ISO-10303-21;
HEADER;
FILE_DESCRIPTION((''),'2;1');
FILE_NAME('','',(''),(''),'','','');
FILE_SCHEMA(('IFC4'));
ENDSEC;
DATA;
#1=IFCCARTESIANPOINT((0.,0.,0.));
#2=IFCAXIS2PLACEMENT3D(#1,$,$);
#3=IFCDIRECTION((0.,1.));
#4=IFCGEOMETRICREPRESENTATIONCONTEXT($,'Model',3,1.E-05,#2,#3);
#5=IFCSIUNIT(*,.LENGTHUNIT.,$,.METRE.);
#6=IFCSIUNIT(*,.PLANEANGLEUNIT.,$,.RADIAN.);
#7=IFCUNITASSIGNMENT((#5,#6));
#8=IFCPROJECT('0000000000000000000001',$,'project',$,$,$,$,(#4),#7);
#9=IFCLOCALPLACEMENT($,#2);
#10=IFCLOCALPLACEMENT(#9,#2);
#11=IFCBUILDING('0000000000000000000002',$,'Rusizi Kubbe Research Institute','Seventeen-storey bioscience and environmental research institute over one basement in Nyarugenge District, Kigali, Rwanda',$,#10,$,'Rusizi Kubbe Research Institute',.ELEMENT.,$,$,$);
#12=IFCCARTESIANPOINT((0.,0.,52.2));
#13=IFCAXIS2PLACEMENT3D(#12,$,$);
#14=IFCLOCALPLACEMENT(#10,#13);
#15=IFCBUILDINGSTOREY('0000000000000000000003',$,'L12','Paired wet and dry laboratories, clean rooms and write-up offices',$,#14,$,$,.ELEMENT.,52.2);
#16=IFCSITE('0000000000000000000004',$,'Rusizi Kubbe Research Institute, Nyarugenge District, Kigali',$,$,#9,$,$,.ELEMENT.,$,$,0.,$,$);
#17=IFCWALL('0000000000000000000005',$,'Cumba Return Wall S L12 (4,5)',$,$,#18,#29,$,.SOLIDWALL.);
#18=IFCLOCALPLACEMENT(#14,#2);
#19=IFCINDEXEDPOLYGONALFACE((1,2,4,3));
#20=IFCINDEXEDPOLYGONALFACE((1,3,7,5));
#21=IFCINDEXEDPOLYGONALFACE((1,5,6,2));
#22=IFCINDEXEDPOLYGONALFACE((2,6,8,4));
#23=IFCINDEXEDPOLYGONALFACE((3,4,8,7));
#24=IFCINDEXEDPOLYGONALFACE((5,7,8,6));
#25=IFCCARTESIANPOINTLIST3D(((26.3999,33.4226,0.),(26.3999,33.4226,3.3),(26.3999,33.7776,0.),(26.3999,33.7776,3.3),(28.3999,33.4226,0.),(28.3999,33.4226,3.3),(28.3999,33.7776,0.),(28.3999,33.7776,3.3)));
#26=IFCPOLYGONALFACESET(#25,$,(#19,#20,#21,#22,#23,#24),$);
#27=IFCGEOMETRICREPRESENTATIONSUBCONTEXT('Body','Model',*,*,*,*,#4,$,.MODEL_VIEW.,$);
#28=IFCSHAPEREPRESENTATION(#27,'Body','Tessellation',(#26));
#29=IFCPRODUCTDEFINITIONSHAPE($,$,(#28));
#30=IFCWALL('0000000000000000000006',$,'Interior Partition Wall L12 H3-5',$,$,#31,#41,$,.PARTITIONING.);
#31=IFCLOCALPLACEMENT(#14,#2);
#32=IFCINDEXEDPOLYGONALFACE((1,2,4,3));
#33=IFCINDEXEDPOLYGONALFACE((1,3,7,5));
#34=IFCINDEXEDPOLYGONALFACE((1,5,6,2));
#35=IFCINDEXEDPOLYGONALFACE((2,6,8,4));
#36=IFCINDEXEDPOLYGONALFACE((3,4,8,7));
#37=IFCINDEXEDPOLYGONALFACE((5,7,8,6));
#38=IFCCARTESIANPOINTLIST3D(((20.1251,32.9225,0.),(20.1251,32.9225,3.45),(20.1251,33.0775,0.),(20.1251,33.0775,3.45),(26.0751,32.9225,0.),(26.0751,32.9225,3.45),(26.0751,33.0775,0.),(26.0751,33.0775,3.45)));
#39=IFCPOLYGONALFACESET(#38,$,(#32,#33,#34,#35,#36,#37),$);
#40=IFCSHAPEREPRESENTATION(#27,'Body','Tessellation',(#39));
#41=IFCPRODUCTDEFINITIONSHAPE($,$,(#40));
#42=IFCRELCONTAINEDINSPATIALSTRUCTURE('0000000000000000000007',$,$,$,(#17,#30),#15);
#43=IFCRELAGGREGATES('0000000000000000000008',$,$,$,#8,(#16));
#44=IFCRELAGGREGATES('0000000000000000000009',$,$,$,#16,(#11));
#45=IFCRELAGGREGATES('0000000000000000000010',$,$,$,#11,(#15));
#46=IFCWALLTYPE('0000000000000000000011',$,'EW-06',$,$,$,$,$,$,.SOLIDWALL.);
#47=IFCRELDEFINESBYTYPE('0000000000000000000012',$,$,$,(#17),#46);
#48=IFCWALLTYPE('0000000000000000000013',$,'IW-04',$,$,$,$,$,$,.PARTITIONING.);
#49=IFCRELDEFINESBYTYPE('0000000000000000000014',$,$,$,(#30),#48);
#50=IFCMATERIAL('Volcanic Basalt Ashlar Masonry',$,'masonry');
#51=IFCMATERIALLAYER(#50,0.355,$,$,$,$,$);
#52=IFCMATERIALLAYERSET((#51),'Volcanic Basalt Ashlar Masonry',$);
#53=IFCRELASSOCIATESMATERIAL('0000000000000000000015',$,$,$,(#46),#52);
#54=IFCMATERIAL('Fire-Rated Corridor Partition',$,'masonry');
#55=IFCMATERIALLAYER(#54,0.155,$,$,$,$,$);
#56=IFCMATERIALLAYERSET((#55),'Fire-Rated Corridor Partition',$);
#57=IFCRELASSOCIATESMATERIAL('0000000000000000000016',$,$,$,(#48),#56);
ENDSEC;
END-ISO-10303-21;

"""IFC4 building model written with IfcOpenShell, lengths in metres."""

from ifc_helpers import new_model, si_unit, direction, frame, frame_2d, origin, place, context, subcontext, project, spatial, rectangle, extrude, material, layer, layer_set, type_object, element, save


model = new_model("IFC4")

# Units and contexts
model_context = context("Model", 3, precision=1e-05, world=origin(), true_north=direction((0.0, 1.0)))
body_context = subcontext(model_context, "Body", "Model", "MODEL_VIEW")
ifc_project = project(units=[si_unit("LENGTHUNIT", "METRE"), si_unit("PLANEANGLEUNIT", "RADIAN")], contexts=[model_context])

# Site, building, storey
site_placement = place(None, origin())
site = spatial("IfcSite", under=ifc_project, at=site_placement, Name="Rusizi Kubbe Research Institute, Nyarugenge District, Kigali", CompositionType="ELEMENT", RefElevation=0.0)
building_placement = place(site_placement, origin())
building = spatial("IfcBuilding", under=site, at=building_placement, Name="Rusizi Kubbe Research Institute", Description="Seventeen-storey bioscience and environmental research institute over one basement in Nyarugenge District, Kigali, Rwanda", LongName="Rusizi Kubbe Research Institute", CompositionType="ELEMENT")
storey_placement = place(building_placement, frame((0.0, 0.0, 52.2)))
storey = spatial("IfcBuildingStorey", under=building, at=storey_placement, Name="L12", Description="Paired wet and dry laboratories, clean rooms and write-up offices", CompositionType="ELEMENT", Elevation=52.2)

# Walls
ifc_material_1 = material(Name="Volcanic Basalt Ashlar Masonry", Category="masonry")
ifc_layer_1 = layer(ifc_material_1, 0.355)
ifc_layer_set_1 = layer_set([ifc_layer_1], Name="Volcanic Basalt Ashlar Masonry")
wall_type_1 = type_object("IfcWallType", Name="EW-06", PredefinedType="SOLIDWALL", material=ifc_layer_set_1)
wall_1_placement = place(storey_placement, frame((26.3999, 33.6001, 0.0), z_axis=(0.0, 0.0, 1.0), x_axis=(1.0, 0.0, 0.0)))
element("IfcWall", 1, at=wall_1_placement, inside=storey, type_object=wall_type_1, Name="Cumba Return Wall S L12 (4,5)", PredefinedType="SOLIDWALL", context=body_context, shape_type="SweptSolid", body=[
    extrude(rectangle(XDim=2.0, YDim=0.355, at=frame_2d((1.0, 0.0))), origin(), (0.0, 0.0, 1.0), 3.3),
])
ifc_material_2 = material(Name="Fire-Rated Corridor Partition", Category="masonry")
ifc_layer_2 = layer(ifc_material_2, 0.155)
ifc_layer_set_2 = layer_set([ifc_layer_2], Name="Fire-Rated Corridor Partition")
wall_type_2 = type_object("IfcWallType", Name="IW-04", PredefinedType="PARTITIONING", material=ifc_layer_set_2)
wall_2_placement = place(storey_placement, frame((20.125, 33.0, 0.0), z_axis=(0.0, 0.0, 1.0), x_axis=(1.0, 0.0, 0.0)))
element("IfcWall", 2, at=wall_2_placement, inside=storey, type_object=wall_type_2, Name="Interior Partition Wall L12 H3-5", PredefinedType="PARTITIONING", context=body_context, shape_type="SweptSolid", body=[
    extrude(rectangle(XDim=5.95, YDim=0.155, at=frame_2d((2.9751, 0.0))), origin(), (0.0, 0.0, 1.0), 3.45),
])

save(model, "model.ifc")
